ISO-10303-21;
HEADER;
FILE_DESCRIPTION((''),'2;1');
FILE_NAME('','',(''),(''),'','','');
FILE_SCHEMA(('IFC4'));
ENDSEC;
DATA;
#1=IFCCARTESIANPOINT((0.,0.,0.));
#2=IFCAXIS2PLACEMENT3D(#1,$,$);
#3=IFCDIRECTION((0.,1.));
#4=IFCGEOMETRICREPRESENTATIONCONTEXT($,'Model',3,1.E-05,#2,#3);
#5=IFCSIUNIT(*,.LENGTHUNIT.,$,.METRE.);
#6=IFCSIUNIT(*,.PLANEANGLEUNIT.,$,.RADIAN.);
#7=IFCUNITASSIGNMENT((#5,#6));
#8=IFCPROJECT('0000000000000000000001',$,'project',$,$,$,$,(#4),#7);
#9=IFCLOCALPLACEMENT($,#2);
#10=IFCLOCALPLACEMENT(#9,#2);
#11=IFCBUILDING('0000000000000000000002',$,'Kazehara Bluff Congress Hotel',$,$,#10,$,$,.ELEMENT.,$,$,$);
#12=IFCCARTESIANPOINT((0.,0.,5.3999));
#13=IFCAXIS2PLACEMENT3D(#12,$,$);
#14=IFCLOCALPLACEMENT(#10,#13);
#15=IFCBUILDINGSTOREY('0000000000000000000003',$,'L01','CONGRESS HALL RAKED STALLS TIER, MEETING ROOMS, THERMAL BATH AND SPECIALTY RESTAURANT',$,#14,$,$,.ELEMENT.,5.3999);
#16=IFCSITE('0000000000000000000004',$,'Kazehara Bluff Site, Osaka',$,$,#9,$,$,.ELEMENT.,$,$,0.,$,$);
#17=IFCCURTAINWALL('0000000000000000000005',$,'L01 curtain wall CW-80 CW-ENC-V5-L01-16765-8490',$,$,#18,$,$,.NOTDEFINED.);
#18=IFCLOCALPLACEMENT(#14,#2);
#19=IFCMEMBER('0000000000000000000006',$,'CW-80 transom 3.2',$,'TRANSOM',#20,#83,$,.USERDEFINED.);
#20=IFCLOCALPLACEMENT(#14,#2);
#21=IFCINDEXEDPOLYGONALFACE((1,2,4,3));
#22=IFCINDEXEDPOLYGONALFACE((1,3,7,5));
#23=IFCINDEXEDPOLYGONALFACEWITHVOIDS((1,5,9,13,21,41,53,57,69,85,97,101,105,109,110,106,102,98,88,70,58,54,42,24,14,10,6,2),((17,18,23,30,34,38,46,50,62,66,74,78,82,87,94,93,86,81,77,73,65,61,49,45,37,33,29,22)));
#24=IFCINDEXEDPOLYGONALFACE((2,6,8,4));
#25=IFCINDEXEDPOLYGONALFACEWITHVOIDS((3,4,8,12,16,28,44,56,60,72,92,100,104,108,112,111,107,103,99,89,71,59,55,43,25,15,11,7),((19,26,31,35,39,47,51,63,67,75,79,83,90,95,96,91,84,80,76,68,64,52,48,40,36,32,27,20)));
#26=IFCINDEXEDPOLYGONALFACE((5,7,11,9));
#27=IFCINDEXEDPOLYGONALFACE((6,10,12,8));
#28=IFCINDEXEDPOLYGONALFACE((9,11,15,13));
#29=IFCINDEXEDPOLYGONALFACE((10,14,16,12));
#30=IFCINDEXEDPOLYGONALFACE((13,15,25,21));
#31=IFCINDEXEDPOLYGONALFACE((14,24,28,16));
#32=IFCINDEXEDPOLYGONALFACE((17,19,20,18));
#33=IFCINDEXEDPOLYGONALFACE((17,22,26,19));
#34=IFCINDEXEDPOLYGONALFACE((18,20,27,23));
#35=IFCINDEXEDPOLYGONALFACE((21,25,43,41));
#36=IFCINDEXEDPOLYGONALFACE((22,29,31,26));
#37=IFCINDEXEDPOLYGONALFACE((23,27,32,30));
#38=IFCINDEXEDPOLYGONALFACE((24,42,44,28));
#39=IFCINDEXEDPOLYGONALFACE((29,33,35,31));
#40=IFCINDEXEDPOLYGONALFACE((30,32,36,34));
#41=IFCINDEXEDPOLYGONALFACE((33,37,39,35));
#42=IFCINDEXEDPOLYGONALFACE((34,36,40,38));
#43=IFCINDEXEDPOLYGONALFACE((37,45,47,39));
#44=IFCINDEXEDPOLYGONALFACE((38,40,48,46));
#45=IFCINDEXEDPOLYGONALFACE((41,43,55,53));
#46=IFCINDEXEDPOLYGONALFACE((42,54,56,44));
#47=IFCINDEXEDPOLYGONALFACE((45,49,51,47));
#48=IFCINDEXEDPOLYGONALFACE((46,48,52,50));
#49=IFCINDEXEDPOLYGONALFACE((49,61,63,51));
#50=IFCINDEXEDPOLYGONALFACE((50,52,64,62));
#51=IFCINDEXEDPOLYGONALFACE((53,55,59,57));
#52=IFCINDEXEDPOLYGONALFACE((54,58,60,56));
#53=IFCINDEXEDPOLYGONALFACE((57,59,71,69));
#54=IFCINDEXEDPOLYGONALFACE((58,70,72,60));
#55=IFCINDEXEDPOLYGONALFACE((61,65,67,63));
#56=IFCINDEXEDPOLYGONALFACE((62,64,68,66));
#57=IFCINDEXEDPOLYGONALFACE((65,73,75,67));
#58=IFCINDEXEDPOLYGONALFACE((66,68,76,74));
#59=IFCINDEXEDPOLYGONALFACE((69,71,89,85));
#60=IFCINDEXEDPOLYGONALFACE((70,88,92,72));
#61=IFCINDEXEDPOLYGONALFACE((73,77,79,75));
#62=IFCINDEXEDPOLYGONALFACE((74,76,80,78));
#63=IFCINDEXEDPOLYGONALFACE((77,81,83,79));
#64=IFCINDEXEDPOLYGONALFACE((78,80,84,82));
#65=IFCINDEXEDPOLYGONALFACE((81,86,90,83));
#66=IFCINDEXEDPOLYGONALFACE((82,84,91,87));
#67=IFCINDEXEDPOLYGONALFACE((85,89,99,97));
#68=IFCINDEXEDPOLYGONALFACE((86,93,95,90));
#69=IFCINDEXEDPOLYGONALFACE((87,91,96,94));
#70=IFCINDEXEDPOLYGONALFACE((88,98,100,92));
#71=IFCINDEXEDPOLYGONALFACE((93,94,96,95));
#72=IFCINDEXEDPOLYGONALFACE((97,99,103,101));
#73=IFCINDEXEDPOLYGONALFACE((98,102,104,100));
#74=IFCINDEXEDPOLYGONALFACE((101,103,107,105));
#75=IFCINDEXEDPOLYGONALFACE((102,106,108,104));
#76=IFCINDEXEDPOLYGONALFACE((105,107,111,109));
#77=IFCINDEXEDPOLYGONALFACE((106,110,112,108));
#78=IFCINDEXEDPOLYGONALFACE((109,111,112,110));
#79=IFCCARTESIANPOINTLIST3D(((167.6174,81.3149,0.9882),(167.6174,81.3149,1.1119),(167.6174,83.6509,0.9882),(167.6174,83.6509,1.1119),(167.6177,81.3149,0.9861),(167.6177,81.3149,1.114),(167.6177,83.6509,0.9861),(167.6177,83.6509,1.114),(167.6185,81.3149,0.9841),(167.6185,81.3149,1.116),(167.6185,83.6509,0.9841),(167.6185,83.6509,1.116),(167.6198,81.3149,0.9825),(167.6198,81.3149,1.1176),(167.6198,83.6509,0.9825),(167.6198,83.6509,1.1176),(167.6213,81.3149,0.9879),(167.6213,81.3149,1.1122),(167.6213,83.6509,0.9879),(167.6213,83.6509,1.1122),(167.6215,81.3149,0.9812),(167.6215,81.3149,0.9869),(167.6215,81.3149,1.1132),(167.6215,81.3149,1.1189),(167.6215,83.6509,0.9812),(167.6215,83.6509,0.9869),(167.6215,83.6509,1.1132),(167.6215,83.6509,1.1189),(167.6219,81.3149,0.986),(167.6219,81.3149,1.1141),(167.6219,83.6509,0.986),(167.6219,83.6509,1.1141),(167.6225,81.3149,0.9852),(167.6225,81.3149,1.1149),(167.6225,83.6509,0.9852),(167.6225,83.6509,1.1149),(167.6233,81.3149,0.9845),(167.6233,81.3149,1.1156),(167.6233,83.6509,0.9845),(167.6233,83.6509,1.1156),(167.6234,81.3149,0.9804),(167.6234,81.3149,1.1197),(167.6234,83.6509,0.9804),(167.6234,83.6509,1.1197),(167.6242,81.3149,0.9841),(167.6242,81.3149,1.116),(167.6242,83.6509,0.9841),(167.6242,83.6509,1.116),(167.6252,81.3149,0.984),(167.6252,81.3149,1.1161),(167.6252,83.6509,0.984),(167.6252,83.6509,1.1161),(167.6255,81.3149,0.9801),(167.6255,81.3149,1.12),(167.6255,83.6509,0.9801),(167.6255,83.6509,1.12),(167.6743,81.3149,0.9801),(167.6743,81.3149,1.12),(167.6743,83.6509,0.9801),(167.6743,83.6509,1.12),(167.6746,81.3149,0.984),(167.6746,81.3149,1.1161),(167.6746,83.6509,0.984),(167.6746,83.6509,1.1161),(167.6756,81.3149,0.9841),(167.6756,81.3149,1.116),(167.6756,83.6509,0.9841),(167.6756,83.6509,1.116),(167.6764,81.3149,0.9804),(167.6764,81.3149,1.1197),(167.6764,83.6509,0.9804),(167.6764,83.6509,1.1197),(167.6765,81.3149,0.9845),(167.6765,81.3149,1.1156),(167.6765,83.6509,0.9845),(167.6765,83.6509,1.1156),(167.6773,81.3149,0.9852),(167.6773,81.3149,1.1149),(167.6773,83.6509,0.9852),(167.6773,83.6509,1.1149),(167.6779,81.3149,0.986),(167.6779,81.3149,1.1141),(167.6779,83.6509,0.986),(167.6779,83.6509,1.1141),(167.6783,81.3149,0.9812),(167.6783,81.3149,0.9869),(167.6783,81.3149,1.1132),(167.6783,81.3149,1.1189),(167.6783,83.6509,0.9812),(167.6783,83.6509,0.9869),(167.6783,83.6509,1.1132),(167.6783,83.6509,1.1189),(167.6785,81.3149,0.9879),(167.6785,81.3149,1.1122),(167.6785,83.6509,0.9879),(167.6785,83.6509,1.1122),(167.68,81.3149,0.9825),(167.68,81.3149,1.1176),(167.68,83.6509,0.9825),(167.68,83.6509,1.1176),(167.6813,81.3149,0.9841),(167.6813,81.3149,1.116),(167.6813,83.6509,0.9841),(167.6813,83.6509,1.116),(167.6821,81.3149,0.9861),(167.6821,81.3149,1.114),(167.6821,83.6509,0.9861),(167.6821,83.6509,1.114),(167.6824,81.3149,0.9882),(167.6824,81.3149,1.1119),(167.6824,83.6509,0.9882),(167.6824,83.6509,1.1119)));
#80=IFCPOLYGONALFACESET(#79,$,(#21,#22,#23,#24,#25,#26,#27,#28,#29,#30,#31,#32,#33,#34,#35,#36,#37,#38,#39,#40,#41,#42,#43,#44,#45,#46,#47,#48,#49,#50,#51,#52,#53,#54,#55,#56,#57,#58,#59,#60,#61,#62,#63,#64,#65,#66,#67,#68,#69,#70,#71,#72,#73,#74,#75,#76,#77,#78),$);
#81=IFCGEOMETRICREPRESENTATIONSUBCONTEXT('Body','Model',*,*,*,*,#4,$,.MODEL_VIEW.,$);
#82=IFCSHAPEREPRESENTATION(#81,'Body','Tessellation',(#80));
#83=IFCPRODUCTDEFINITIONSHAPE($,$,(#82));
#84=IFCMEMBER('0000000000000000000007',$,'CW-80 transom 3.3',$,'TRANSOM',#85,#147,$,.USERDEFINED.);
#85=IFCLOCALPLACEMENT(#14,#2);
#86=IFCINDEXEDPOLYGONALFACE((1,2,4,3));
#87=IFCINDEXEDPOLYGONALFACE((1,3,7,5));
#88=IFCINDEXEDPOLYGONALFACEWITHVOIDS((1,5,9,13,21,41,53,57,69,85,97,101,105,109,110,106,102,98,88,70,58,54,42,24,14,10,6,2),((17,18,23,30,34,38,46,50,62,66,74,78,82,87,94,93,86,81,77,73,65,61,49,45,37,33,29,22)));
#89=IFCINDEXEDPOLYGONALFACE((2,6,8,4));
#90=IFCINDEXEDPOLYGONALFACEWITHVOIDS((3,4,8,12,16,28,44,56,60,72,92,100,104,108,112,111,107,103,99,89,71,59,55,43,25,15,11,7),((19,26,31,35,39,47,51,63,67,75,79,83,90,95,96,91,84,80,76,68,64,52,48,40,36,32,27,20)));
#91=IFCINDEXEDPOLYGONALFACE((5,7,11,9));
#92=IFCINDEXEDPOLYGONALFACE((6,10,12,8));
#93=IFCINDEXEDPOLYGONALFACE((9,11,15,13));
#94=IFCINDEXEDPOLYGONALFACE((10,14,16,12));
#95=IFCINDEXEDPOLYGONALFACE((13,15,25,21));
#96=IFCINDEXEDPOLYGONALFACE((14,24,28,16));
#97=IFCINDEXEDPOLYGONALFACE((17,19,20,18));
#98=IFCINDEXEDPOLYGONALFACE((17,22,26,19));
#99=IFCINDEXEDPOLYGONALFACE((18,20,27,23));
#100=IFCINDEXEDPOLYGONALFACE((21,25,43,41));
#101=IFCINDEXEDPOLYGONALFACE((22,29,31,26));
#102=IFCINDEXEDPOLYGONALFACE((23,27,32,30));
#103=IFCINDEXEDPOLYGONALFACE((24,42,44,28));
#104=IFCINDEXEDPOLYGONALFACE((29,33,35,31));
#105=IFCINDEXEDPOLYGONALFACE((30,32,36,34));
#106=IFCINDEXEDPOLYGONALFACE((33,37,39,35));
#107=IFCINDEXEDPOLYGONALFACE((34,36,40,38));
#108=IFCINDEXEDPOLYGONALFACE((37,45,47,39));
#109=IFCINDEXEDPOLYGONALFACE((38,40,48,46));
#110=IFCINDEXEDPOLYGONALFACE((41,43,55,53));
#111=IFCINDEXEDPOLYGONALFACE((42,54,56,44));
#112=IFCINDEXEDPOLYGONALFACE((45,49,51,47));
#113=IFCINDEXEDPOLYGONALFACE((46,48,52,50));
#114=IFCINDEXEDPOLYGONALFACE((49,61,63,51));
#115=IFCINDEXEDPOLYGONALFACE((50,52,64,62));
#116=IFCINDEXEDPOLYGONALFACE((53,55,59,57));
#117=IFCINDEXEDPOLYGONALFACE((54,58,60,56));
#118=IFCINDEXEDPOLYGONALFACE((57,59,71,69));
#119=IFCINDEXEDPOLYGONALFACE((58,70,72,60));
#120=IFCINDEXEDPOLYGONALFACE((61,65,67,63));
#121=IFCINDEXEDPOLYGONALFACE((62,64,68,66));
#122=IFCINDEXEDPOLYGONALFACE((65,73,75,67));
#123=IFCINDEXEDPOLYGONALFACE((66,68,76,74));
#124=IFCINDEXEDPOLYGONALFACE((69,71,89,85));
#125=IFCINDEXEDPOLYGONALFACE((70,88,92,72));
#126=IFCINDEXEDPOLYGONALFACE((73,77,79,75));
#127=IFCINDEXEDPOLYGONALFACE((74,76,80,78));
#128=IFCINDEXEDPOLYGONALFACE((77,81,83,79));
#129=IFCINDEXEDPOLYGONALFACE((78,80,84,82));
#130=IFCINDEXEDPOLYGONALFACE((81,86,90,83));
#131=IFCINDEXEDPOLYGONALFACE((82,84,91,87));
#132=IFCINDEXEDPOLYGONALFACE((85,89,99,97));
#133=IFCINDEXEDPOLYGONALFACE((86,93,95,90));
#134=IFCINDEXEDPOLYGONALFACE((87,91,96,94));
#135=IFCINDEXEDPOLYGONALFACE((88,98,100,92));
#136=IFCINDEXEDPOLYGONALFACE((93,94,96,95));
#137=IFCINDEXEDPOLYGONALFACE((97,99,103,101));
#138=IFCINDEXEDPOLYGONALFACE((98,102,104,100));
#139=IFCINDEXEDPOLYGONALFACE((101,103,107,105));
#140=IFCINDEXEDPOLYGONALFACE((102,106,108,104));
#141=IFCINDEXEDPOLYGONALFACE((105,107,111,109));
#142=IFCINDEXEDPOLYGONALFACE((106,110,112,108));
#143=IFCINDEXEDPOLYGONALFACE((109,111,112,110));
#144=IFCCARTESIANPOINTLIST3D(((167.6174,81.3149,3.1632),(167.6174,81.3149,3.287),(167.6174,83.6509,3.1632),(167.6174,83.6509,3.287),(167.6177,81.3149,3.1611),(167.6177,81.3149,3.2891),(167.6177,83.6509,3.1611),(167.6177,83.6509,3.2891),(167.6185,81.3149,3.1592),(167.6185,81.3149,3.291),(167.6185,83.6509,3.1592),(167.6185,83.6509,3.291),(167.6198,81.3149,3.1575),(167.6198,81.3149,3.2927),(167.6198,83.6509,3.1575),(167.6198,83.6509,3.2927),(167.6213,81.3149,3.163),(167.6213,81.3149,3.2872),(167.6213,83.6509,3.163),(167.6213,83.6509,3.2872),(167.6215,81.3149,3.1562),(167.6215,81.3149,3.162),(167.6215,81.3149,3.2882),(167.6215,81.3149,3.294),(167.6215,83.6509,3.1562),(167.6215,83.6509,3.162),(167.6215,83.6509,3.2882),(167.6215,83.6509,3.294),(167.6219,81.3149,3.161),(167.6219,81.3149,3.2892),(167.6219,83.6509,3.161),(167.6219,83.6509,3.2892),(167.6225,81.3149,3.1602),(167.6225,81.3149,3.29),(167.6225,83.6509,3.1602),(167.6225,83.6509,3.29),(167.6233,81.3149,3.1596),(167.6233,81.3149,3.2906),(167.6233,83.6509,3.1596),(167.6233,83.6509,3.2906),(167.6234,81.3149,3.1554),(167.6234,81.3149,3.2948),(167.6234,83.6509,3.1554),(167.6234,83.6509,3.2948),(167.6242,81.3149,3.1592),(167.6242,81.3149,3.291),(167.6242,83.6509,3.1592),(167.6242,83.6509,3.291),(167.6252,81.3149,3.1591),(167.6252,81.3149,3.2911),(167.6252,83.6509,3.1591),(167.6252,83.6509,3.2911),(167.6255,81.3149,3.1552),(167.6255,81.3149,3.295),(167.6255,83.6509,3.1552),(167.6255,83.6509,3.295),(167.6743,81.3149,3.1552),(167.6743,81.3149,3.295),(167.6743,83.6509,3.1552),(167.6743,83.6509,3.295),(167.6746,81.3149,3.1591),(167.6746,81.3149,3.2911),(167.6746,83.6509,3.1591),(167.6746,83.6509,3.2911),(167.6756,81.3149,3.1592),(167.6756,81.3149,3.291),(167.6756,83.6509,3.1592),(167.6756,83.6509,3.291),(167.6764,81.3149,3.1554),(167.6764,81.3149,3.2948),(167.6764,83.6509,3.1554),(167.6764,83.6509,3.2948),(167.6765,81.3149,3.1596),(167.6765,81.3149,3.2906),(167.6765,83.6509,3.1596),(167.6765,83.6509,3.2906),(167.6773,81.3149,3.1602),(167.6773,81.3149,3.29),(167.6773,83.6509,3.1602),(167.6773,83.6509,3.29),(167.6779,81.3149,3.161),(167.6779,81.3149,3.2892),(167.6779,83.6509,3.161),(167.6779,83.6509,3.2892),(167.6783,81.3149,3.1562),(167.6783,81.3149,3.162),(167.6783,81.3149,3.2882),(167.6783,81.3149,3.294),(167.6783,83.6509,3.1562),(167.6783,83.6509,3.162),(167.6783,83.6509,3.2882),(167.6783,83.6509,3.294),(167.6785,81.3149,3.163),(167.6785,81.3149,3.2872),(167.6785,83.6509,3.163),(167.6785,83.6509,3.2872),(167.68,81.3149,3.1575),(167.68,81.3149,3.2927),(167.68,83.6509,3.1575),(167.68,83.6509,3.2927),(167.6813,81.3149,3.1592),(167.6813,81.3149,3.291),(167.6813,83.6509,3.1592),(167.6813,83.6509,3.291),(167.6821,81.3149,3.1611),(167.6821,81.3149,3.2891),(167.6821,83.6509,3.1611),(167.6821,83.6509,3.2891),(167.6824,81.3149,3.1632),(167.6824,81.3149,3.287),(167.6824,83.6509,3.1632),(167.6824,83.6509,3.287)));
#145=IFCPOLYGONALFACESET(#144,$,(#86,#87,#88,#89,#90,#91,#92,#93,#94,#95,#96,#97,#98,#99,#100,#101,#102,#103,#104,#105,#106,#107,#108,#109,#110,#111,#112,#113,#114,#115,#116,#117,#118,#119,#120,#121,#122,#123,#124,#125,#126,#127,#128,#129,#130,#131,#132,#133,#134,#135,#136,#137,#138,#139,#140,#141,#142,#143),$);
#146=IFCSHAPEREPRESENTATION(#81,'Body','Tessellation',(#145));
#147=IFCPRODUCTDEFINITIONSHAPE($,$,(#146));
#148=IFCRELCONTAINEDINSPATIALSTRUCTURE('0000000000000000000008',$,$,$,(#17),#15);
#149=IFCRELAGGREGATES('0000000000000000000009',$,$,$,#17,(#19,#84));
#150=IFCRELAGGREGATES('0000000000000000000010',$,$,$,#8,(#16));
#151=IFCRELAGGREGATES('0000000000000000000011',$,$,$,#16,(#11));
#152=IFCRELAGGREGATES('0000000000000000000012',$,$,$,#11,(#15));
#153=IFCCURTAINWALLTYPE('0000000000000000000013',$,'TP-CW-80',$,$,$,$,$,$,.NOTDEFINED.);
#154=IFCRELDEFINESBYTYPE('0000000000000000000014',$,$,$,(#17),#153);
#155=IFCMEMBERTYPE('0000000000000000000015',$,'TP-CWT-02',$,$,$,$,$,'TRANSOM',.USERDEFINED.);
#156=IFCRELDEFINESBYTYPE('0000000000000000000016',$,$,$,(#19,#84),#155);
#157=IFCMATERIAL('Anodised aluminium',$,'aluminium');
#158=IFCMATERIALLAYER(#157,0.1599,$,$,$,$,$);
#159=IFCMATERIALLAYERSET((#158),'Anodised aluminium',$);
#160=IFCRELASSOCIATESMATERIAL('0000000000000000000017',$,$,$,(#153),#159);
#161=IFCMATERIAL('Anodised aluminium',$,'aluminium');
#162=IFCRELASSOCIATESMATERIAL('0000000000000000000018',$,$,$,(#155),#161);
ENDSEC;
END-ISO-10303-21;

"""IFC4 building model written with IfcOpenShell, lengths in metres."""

from ifc_helpers import new_model, si_unit, direction, frame, origin, origin_2d, place, context, subcontext, project, spatial, hollow_rectangle, extrude, material, layer, layer_set, material_profile, profile_set, type_object, element, aggregate, save


model = new_model("IFC4")

# Units and contexts
model_context = context("Model", 3, precision=1e-05, world=origin(), true_north=direction((0.0, 1.0)))
body_context = subcontext(model_context, "Body", "Model", "MODEL_VIEW")
ifc_project = project(units=[si_unit("LENGTHUNIT", "METRE"), si_unit("PLANEANGLEUNIT", "RADIAN")], contexts=[model_context])

# Site, building, storey
site_placement = place(None, origin())
site = spatial("IfcSite", under=ifc_project, at=site_placement, Name="Kazehara Bluff Site, Osaka", CompositionType="ELEMENT", RefElevation=0.0)
building_placement = place(site_placement, origin())
building = spatial("IfcBuilding", under=site, at=building_placement, Name="Kazehara Bluff Congress Hotel", CompositionType="ELEMENT")
storey_placement = place(building_placement, frame((0.0, 0.0, 5.3999)))
storey = spatial("IfcBuildingStorey", under=building, at=storey_placement, Name="L01", Description="CONGRESS HALL RAKED STALLS TIER, MEETING ROOMS, THERMAL BATH AND SPECIALTY RESTAURANT", CompositionType="ELEMENT", Elevation=5.3999)

# Curtain wall
ifc_material_1 = material(Name="Anodised aluminium", Category="aluminium")
ifc_layer_1 = layer(ifc_material_1, 0.1599)
ifc_layer_set_1 = layer_set([ifc_layer_1], Name="Anodised aluminium")
curtain_wall_type = type_object("IfcCurtainWallType", Name="TP-CW-80", PredefinedType="NOTDEFINED", material=ifc_layer_set_1)
curtain_wall_1_placement = place(storey_placement, origin())
curtain_wall_1 = element("IfcCurtainWall", 1, at=curtain_wall_1_placement, inside=storey, type_object=curtain_wall_type, Name="L01 curtain wall CW-80 CW-ENC-V5-L01-16765-8490", PredefinedType="NOTDEFINED")

# Members
ifc_material_2 = material(Name="Anodised aluminium", Category="aluminium")
ifc_material_profile_1 = material_profile(ifc_material_2, hollow_rectangle(XDim=0.0649, YDim=0.1399, WallThickness=0.0039, InnerFilletRadius=0.0039, OuterFilletRadius=0.0081, at=origin_2d()))
ifc_profile_set_1 = profile_set([ifc_material_profile_1], Name="Anodised aluminium")
member_type_1 = type_object("IfcMemberType", Name="TP-CWT-02", ElementType="TRANSOM", PredefinedType="USERDEFINED", material=ifc_profile_set_1)
member_1_placement = place(storey_placement, frame((167.6499, 83.6509, 1.05), z_axis=(0.0, -1.0, 0.0), x_axis=(1.0, 0.0, 0.0)))
member_1 = element("IfcMember", 2, at=member_1_placement, type_object=member_type_1, Name="CW-80 transom 3.2", ObjectType="TRANSOM", PredefinedType="USERDEFINED", context=body_context, shape_type="SweptSolid", body=[
    extrude(hollow_rectangle(XDim=0.0649, YDim=0.1399, WallThickness=0.0039, InnerFilletRadius=0.0039, OuterFilletRadius=0.0081, at=origin_2d()), origin(), (0.0, 0.0, 1.0), 2.3359),
])
member_2_placement = place(storey_placement, frame((167.6499, 83.6509, 3.2251), z_axis=(0.0, -1.0, 0.0), x_axis=(1.0, 0.0, 0.0)))
member_2 = element("IfcMember", 3, at=member_2_placement, type_object=member_type_1, Name="CW-80 transom 3.3", ObjectType="TRANSOM", PredefinedType="USERDEFINED", context=body_context, shape_type="SweptSolid", body=[
    extrude(hollow_rectangle(XDim=0.0649, YDim=0.1399, WallThickness=0.0039, InnerFilletRadius=0.0039, OuterFilletRadius=0.0081, at=origin_2d()), origin(), (0.0, 0.0, 1.0), 2.3359),
])

aggregate(curtain_wall_1, [member_1, member_2])

save(model, "model.ifc")
